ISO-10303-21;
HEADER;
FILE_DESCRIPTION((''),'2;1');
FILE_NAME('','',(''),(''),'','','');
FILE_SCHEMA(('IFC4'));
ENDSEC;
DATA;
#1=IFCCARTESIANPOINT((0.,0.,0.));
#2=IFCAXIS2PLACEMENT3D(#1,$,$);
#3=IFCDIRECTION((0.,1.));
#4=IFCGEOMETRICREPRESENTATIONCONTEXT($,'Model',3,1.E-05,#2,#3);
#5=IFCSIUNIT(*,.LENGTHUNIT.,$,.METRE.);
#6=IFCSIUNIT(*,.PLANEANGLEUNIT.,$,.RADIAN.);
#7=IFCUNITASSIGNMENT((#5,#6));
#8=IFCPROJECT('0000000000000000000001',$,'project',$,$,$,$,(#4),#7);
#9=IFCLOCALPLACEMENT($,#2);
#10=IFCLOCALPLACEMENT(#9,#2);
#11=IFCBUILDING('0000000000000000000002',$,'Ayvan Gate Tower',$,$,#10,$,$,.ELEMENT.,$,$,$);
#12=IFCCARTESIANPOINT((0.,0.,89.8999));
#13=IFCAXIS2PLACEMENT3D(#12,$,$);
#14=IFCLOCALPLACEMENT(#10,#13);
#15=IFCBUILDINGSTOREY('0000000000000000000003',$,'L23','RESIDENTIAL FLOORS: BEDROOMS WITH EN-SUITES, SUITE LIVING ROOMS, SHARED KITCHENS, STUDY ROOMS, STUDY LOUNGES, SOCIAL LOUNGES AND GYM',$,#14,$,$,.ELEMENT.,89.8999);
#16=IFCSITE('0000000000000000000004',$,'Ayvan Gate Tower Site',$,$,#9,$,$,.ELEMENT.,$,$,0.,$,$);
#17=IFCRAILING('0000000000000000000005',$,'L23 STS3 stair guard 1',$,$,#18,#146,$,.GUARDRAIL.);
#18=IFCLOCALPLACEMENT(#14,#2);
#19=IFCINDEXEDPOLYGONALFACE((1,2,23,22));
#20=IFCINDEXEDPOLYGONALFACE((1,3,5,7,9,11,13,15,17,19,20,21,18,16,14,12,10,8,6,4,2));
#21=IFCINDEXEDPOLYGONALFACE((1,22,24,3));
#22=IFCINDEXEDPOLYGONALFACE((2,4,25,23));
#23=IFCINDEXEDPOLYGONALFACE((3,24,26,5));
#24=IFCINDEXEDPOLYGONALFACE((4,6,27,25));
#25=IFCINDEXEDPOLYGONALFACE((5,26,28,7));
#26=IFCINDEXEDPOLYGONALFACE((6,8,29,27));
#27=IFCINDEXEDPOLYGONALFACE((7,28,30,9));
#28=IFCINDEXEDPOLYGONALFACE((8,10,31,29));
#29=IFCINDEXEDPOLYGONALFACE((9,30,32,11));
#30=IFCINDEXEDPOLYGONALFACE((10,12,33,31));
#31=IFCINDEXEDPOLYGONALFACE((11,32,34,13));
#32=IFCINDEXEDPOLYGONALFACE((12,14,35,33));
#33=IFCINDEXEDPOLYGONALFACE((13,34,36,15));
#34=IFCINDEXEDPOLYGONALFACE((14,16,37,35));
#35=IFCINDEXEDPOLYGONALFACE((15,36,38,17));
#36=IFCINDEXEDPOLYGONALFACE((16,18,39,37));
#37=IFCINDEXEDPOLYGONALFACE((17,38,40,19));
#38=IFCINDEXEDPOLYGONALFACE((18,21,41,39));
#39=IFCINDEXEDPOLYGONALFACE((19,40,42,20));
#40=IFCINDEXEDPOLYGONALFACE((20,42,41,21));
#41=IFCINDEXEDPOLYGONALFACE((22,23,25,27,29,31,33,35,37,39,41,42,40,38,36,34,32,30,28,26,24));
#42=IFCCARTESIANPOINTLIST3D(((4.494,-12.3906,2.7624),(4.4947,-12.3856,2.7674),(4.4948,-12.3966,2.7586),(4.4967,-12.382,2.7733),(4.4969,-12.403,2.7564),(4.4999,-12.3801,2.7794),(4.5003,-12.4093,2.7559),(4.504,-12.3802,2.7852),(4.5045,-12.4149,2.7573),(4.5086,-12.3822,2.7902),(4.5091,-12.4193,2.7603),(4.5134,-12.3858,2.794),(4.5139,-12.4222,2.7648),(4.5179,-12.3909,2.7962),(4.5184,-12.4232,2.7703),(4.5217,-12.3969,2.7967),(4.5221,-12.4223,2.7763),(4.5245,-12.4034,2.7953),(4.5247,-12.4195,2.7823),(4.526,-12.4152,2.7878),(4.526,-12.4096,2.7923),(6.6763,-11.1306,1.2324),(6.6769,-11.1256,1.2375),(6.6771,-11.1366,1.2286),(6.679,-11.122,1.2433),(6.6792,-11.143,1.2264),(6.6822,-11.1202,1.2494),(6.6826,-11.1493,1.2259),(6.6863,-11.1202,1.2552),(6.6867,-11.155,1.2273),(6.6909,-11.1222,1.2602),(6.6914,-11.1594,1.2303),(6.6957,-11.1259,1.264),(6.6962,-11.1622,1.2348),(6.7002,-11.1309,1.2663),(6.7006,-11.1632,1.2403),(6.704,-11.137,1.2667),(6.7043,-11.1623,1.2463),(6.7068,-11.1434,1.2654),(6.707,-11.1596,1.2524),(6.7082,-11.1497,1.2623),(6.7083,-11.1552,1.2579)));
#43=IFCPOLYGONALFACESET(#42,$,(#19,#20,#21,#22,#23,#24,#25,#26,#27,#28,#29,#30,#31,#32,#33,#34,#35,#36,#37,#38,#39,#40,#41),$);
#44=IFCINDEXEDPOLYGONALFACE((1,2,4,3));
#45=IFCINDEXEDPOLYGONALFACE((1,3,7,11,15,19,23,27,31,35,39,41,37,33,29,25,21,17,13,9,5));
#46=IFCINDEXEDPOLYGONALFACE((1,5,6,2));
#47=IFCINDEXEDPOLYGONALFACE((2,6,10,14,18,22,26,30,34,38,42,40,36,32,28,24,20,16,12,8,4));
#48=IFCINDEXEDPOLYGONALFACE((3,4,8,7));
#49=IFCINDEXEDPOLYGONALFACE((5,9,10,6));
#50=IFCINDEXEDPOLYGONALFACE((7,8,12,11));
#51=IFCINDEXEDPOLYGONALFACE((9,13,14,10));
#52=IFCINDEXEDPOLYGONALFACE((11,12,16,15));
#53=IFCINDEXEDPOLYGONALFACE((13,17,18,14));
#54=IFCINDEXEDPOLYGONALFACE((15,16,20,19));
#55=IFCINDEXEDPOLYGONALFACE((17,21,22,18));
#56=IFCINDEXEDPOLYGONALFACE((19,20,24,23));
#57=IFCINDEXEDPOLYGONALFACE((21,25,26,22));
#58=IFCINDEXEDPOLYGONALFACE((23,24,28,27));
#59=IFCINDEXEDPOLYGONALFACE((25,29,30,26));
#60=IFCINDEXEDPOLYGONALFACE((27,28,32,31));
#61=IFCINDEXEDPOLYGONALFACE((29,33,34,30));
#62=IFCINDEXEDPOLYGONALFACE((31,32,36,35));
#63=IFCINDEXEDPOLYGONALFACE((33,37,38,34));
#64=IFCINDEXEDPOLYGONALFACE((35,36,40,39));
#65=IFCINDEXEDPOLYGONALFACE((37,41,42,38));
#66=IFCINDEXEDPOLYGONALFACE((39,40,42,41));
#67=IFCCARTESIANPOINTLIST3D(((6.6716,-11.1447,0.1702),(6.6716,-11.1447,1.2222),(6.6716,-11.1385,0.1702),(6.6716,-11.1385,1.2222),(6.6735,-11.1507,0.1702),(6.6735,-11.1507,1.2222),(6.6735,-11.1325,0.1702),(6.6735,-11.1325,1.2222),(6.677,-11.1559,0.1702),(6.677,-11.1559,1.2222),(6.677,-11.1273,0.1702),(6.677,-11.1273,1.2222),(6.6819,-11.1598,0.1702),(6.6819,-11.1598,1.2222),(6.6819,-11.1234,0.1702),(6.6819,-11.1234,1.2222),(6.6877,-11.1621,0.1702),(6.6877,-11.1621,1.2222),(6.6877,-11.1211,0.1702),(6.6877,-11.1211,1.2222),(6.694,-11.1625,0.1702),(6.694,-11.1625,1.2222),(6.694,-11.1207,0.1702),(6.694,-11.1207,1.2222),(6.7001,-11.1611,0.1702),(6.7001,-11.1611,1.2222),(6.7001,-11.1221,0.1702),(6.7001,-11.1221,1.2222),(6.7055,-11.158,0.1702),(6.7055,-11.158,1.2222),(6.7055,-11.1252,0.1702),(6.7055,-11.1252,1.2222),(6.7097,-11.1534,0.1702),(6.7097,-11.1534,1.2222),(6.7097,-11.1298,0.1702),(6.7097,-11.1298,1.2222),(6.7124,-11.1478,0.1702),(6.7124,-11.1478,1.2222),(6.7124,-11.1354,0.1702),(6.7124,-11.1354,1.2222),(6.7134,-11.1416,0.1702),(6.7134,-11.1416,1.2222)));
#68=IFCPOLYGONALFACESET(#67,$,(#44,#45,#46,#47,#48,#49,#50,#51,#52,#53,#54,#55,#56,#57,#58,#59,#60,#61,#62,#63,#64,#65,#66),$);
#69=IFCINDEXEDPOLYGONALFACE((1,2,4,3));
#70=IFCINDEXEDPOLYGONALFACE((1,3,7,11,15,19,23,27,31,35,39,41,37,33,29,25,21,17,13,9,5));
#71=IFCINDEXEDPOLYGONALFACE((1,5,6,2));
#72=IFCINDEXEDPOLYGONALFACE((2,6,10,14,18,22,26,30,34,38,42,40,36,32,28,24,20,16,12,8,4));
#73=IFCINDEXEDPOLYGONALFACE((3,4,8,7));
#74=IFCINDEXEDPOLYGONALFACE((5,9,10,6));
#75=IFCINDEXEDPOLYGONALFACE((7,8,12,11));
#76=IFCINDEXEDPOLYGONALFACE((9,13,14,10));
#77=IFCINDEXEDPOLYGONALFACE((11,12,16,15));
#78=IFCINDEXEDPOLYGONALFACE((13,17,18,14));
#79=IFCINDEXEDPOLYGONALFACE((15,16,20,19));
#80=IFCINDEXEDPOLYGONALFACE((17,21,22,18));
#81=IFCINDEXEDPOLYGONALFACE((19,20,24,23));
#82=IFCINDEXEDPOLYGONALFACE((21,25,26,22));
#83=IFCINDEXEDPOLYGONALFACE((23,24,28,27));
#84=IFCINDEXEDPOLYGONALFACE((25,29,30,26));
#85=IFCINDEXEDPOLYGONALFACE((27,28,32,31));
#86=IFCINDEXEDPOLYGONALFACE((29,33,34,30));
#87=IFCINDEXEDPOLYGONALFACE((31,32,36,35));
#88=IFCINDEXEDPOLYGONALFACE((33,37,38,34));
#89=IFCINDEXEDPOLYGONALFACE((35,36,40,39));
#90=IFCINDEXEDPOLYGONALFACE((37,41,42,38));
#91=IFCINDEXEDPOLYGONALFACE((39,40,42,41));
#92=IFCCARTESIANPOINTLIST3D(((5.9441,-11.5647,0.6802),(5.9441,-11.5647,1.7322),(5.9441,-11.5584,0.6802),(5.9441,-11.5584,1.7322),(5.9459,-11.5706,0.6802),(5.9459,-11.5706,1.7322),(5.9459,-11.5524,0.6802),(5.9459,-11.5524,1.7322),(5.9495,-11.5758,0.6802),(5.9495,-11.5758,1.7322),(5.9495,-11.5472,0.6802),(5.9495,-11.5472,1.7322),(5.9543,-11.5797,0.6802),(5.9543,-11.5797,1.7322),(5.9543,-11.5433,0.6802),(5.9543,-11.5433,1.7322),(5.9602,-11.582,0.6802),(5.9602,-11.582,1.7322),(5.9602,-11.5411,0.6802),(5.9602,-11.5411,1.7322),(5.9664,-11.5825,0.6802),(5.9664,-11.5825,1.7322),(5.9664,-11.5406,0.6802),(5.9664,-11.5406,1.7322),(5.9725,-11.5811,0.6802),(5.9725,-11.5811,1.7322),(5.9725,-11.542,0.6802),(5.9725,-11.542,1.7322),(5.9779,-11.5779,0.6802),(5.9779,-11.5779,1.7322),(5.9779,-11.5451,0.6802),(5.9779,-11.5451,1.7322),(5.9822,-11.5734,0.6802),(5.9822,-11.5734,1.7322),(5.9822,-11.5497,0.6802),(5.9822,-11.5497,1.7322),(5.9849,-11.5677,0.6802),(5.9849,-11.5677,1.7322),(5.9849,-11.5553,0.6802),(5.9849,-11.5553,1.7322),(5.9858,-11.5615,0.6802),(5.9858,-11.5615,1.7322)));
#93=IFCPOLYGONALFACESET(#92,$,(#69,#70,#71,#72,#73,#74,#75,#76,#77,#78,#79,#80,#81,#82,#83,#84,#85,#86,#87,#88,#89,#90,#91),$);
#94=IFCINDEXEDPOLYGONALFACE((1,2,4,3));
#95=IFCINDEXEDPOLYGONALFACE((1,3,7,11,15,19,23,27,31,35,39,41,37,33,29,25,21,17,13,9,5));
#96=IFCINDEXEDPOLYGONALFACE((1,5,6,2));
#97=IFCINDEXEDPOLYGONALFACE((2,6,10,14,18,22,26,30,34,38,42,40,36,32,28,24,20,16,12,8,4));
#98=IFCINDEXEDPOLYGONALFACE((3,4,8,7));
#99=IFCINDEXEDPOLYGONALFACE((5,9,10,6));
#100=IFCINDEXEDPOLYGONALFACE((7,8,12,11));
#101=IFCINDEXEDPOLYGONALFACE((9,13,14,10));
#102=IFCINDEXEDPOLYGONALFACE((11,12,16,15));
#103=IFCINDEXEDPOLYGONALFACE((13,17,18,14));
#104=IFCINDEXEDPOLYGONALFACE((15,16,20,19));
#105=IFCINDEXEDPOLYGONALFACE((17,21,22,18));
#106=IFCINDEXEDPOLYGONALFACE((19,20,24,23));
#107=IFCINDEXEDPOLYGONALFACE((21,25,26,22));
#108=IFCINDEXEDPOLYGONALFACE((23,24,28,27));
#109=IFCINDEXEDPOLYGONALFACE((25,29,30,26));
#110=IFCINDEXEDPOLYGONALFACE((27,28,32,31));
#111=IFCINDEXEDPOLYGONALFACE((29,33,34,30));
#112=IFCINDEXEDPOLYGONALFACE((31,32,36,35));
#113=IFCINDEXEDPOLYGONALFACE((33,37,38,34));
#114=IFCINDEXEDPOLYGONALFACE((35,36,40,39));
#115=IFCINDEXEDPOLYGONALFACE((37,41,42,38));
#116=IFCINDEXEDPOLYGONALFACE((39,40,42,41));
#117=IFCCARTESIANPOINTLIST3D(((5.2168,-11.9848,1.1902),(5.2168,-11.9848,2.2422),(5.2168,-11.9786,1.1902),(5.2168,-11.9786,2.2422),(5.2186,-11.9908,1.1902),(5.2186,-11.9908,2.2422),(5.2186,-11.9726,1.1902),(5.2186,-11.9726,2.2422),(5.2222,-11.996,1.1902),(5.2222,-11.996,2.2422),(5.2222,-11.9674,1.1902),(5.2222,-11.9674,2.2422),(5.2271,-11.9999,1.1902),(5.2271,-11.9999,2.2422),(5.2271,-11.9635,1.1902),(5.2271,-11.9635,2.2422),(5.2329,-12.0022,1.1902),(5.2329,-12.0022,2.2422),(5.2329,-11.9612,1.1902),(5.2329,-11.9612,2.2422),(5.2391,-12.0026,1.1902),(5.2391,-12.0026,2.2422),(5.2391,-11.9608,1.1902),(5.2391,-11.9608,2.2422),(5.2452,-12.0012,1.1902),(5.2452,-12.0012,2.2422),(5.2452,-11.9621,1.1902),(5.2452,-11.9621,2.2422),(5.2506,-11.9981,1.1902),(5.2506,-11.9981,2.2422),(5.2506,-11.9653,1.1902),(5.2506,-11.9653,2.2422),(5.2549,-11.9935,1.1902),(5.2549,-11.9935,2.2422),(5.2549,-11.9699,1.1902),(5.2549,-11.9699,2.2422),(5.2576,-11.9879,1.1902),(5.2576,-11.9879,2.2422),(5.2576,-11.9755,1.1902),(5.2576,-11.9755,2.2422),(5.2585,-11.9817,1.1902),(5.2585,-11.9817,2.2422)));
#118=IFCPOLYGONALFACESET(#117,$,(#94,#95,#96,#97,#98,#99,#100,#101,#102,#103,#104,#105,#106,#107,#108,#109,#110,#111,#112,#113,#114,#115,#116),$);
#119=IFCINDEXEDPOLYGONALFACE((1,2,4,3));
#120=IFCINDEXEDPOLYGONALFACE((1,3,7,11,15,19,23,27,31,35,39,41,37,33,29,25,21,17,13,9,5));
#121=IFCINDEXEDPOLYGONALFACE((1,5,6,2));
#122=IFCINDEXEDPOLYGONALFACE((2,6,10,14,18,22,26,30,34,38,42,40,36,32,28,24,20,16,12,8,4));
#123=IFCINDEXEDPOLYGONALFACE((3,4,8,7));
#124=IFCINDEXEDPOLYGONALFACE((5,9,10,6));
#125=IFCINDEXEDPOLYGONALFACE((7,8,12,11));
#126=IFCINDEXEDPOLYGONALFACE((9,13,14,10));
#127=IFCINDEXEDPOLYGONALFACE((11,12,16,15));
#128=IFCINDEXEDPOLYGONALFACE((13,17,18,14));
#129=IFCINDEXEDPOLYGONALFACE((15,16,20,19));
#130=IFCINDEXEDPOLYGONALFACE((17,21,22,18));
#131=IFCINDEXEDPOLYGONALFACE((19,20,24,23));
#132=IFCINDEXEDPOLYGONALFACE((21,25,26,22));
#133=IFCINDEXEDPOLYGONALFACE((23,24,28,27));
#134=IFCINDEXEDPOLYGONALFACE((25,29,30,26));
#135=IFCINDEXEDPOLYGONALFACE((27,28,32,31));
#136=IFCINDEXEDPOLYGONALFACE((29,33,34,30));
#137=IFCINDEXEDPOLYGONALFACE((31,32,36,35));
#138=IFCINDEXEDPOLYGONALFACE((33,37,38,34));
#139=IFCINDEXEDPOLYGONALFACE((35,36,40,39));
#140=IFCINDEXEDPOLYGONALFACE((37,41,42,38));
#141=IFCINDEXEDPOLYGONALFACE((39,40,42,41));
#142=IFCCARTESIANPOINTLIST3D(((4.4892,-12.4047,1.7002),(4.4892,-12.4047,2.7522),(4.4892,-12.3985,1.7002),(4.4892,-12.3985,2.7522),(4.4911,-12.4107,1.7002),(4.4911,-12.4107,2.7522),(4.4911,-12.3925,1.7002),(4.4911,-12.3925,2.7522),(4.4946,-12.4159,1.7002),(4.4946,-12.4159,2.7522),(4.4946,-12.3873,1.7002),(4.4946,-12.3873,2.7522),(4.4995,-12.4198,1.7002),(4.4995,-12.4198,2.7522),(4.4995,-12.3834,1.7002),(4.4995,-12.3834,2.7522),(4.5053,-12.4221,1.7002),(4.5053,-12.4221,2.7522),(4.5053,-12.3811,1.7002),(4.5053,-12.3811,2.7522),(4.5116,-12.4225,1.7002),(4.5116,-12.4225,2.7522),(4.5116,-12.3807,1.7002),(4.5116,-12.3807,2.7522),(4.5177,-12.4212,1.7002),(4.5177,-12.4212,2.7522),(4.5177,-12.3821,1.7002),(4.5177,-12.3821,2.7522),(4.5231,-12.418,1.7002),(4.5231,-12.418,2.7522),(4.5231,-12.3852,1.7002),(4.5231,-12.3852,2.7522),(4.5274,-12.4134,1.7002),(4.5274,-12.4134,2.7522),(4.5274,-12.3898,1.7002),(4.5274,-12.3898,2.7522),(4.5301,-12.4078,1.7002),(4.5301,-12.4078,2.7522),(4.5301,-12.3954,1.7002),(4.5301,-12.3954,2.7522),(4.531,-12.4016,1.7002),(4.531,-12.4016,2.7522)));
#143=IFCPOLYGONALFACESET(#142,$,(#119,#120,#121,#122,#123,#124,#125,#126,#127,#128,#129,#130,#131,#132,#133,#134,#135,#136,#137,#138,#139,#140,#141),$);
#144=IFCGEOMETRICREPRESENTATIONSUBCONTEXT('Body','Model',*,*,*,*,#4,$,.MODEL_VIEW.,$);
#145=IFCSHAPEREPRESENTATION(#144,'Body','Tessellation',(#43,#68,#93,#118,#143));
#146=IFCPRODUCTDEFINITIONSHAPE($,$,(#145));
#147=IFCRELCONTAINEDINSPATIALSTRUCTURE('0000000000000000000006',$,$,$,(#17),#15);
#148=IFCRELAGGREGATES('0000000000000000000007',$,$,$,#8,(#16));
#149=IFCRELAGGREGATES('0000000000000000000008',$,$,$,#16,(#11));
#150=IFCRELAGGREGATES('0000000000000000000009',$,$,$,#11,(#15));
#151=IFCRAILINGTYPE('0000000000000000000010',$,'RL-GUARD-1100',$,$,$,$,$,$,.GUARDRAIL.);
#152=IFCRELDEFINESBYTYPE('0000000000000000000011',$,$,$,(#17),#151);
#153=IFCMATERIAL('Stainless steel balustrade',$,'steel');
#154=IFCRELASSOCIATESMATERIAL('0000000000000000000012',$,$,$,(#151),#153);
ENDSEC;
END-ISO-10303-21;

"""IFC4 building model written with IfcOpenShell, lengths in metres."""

from ifc_helpers import new_model, si_unit, direction, frame, origin, origin_2d, place, context, subcontext, project, spatial, circle, extrude, material, type_object, element, save


model = new_model("IFC4")

# Units and contexts
model_context = context("Model", 3, precision=1e-05, world=origin(), true_north=direction((0.0, 1.0)))
body_context = subcontext(model_context, "Body", "Model", "MODEL_VIEW")
ifc_project = project(units=[si_unit("LENGTHUNIT", "METRE"), si_unit("PLANEANGLEUNIT", "RADIAN")], contexts=[model_context])

# Site, building, storey
site_placement = place(None, origin())
site = spatial("IfcSite", under=ifc_project, at=site_placement, Name="Ayvan Gate Tower Site", CompositionType="ELEMENT", RefElevation=0.0)
building_placement = place(site_placement, origin())
building = spatial("IfcBuilding", under=site, at=building_placement, Name="Ayvan Gate Tower", CompositionType="ELEMENT")
storey_placement = place(building_placement, frame((0.0, 0.0, 89.8999)))
storey = spatial("IfcBuildingStorey", under=building, at=storey_placement, Name="L23", Description="RESIDENTIAL FLOORS: BEDROOMS WITH EN-SUITES, SUITE LIVING ROOMS, SHARED KITCHENS, STUDY ROOMS, STUDY LOUNGES, SOCIAL LOUNGES AND GYM", CompositionType="ELEMENT", Elevation=89.8999)

# Railing
ifc_material_1 = material(Name="Stainless steel balustrade", Category="steel")
railing_type_1 = type_object("IfcRailingType", Name="RL-GUARD-1100", PredefinedType="GUARDRAIL", material=ifc_material_1)
railing_1_placement = place(storey_placement, frame((6.6924, -11.1416, 0.1702)))
element("IfcRailing", 1, at=railing_1_placement, inside=storey, type_object=railing_type_1, Name="L23 STS3 stair guard 1", PredefinedType="GUARDRAIL", context=body_context, shape_type="SweptSolid", body=[
    extrude(circle(Radius=0.0239, at=origin_2d()), frame((0.0, 0.0, 1.0762), z_axis=(-0.740261, -0.427395, 0.518986), x_axis=(0.500005, -0.866023, 0.0)), (0.0, 0.0, 1.0), 2.948),
    extrude(circle(Radius=0.021, at=origin_2d()), origin(), (0.0, 0.0, 1.0), 1.052),
    extrude(circle(Radius=0.021, at=origin_2d()), frame((-0.7275, -0.4199, 0.51)), (0.0, 0.0, 1.0), 1.052),
    extrude(circle(Radius=0.021, at=origin_2d()), frame((-1.4548, -0.8401, 1.02)), (0.0, 0.0, 1.0), 1.052),
    extrude(circle(Radius=0.021, at=origin_2d()), frame((-2.1824, -1.26, 1.53)), (0.0, 0.0, 1.0), 1.052),
])

save(model, "model.ifc")
